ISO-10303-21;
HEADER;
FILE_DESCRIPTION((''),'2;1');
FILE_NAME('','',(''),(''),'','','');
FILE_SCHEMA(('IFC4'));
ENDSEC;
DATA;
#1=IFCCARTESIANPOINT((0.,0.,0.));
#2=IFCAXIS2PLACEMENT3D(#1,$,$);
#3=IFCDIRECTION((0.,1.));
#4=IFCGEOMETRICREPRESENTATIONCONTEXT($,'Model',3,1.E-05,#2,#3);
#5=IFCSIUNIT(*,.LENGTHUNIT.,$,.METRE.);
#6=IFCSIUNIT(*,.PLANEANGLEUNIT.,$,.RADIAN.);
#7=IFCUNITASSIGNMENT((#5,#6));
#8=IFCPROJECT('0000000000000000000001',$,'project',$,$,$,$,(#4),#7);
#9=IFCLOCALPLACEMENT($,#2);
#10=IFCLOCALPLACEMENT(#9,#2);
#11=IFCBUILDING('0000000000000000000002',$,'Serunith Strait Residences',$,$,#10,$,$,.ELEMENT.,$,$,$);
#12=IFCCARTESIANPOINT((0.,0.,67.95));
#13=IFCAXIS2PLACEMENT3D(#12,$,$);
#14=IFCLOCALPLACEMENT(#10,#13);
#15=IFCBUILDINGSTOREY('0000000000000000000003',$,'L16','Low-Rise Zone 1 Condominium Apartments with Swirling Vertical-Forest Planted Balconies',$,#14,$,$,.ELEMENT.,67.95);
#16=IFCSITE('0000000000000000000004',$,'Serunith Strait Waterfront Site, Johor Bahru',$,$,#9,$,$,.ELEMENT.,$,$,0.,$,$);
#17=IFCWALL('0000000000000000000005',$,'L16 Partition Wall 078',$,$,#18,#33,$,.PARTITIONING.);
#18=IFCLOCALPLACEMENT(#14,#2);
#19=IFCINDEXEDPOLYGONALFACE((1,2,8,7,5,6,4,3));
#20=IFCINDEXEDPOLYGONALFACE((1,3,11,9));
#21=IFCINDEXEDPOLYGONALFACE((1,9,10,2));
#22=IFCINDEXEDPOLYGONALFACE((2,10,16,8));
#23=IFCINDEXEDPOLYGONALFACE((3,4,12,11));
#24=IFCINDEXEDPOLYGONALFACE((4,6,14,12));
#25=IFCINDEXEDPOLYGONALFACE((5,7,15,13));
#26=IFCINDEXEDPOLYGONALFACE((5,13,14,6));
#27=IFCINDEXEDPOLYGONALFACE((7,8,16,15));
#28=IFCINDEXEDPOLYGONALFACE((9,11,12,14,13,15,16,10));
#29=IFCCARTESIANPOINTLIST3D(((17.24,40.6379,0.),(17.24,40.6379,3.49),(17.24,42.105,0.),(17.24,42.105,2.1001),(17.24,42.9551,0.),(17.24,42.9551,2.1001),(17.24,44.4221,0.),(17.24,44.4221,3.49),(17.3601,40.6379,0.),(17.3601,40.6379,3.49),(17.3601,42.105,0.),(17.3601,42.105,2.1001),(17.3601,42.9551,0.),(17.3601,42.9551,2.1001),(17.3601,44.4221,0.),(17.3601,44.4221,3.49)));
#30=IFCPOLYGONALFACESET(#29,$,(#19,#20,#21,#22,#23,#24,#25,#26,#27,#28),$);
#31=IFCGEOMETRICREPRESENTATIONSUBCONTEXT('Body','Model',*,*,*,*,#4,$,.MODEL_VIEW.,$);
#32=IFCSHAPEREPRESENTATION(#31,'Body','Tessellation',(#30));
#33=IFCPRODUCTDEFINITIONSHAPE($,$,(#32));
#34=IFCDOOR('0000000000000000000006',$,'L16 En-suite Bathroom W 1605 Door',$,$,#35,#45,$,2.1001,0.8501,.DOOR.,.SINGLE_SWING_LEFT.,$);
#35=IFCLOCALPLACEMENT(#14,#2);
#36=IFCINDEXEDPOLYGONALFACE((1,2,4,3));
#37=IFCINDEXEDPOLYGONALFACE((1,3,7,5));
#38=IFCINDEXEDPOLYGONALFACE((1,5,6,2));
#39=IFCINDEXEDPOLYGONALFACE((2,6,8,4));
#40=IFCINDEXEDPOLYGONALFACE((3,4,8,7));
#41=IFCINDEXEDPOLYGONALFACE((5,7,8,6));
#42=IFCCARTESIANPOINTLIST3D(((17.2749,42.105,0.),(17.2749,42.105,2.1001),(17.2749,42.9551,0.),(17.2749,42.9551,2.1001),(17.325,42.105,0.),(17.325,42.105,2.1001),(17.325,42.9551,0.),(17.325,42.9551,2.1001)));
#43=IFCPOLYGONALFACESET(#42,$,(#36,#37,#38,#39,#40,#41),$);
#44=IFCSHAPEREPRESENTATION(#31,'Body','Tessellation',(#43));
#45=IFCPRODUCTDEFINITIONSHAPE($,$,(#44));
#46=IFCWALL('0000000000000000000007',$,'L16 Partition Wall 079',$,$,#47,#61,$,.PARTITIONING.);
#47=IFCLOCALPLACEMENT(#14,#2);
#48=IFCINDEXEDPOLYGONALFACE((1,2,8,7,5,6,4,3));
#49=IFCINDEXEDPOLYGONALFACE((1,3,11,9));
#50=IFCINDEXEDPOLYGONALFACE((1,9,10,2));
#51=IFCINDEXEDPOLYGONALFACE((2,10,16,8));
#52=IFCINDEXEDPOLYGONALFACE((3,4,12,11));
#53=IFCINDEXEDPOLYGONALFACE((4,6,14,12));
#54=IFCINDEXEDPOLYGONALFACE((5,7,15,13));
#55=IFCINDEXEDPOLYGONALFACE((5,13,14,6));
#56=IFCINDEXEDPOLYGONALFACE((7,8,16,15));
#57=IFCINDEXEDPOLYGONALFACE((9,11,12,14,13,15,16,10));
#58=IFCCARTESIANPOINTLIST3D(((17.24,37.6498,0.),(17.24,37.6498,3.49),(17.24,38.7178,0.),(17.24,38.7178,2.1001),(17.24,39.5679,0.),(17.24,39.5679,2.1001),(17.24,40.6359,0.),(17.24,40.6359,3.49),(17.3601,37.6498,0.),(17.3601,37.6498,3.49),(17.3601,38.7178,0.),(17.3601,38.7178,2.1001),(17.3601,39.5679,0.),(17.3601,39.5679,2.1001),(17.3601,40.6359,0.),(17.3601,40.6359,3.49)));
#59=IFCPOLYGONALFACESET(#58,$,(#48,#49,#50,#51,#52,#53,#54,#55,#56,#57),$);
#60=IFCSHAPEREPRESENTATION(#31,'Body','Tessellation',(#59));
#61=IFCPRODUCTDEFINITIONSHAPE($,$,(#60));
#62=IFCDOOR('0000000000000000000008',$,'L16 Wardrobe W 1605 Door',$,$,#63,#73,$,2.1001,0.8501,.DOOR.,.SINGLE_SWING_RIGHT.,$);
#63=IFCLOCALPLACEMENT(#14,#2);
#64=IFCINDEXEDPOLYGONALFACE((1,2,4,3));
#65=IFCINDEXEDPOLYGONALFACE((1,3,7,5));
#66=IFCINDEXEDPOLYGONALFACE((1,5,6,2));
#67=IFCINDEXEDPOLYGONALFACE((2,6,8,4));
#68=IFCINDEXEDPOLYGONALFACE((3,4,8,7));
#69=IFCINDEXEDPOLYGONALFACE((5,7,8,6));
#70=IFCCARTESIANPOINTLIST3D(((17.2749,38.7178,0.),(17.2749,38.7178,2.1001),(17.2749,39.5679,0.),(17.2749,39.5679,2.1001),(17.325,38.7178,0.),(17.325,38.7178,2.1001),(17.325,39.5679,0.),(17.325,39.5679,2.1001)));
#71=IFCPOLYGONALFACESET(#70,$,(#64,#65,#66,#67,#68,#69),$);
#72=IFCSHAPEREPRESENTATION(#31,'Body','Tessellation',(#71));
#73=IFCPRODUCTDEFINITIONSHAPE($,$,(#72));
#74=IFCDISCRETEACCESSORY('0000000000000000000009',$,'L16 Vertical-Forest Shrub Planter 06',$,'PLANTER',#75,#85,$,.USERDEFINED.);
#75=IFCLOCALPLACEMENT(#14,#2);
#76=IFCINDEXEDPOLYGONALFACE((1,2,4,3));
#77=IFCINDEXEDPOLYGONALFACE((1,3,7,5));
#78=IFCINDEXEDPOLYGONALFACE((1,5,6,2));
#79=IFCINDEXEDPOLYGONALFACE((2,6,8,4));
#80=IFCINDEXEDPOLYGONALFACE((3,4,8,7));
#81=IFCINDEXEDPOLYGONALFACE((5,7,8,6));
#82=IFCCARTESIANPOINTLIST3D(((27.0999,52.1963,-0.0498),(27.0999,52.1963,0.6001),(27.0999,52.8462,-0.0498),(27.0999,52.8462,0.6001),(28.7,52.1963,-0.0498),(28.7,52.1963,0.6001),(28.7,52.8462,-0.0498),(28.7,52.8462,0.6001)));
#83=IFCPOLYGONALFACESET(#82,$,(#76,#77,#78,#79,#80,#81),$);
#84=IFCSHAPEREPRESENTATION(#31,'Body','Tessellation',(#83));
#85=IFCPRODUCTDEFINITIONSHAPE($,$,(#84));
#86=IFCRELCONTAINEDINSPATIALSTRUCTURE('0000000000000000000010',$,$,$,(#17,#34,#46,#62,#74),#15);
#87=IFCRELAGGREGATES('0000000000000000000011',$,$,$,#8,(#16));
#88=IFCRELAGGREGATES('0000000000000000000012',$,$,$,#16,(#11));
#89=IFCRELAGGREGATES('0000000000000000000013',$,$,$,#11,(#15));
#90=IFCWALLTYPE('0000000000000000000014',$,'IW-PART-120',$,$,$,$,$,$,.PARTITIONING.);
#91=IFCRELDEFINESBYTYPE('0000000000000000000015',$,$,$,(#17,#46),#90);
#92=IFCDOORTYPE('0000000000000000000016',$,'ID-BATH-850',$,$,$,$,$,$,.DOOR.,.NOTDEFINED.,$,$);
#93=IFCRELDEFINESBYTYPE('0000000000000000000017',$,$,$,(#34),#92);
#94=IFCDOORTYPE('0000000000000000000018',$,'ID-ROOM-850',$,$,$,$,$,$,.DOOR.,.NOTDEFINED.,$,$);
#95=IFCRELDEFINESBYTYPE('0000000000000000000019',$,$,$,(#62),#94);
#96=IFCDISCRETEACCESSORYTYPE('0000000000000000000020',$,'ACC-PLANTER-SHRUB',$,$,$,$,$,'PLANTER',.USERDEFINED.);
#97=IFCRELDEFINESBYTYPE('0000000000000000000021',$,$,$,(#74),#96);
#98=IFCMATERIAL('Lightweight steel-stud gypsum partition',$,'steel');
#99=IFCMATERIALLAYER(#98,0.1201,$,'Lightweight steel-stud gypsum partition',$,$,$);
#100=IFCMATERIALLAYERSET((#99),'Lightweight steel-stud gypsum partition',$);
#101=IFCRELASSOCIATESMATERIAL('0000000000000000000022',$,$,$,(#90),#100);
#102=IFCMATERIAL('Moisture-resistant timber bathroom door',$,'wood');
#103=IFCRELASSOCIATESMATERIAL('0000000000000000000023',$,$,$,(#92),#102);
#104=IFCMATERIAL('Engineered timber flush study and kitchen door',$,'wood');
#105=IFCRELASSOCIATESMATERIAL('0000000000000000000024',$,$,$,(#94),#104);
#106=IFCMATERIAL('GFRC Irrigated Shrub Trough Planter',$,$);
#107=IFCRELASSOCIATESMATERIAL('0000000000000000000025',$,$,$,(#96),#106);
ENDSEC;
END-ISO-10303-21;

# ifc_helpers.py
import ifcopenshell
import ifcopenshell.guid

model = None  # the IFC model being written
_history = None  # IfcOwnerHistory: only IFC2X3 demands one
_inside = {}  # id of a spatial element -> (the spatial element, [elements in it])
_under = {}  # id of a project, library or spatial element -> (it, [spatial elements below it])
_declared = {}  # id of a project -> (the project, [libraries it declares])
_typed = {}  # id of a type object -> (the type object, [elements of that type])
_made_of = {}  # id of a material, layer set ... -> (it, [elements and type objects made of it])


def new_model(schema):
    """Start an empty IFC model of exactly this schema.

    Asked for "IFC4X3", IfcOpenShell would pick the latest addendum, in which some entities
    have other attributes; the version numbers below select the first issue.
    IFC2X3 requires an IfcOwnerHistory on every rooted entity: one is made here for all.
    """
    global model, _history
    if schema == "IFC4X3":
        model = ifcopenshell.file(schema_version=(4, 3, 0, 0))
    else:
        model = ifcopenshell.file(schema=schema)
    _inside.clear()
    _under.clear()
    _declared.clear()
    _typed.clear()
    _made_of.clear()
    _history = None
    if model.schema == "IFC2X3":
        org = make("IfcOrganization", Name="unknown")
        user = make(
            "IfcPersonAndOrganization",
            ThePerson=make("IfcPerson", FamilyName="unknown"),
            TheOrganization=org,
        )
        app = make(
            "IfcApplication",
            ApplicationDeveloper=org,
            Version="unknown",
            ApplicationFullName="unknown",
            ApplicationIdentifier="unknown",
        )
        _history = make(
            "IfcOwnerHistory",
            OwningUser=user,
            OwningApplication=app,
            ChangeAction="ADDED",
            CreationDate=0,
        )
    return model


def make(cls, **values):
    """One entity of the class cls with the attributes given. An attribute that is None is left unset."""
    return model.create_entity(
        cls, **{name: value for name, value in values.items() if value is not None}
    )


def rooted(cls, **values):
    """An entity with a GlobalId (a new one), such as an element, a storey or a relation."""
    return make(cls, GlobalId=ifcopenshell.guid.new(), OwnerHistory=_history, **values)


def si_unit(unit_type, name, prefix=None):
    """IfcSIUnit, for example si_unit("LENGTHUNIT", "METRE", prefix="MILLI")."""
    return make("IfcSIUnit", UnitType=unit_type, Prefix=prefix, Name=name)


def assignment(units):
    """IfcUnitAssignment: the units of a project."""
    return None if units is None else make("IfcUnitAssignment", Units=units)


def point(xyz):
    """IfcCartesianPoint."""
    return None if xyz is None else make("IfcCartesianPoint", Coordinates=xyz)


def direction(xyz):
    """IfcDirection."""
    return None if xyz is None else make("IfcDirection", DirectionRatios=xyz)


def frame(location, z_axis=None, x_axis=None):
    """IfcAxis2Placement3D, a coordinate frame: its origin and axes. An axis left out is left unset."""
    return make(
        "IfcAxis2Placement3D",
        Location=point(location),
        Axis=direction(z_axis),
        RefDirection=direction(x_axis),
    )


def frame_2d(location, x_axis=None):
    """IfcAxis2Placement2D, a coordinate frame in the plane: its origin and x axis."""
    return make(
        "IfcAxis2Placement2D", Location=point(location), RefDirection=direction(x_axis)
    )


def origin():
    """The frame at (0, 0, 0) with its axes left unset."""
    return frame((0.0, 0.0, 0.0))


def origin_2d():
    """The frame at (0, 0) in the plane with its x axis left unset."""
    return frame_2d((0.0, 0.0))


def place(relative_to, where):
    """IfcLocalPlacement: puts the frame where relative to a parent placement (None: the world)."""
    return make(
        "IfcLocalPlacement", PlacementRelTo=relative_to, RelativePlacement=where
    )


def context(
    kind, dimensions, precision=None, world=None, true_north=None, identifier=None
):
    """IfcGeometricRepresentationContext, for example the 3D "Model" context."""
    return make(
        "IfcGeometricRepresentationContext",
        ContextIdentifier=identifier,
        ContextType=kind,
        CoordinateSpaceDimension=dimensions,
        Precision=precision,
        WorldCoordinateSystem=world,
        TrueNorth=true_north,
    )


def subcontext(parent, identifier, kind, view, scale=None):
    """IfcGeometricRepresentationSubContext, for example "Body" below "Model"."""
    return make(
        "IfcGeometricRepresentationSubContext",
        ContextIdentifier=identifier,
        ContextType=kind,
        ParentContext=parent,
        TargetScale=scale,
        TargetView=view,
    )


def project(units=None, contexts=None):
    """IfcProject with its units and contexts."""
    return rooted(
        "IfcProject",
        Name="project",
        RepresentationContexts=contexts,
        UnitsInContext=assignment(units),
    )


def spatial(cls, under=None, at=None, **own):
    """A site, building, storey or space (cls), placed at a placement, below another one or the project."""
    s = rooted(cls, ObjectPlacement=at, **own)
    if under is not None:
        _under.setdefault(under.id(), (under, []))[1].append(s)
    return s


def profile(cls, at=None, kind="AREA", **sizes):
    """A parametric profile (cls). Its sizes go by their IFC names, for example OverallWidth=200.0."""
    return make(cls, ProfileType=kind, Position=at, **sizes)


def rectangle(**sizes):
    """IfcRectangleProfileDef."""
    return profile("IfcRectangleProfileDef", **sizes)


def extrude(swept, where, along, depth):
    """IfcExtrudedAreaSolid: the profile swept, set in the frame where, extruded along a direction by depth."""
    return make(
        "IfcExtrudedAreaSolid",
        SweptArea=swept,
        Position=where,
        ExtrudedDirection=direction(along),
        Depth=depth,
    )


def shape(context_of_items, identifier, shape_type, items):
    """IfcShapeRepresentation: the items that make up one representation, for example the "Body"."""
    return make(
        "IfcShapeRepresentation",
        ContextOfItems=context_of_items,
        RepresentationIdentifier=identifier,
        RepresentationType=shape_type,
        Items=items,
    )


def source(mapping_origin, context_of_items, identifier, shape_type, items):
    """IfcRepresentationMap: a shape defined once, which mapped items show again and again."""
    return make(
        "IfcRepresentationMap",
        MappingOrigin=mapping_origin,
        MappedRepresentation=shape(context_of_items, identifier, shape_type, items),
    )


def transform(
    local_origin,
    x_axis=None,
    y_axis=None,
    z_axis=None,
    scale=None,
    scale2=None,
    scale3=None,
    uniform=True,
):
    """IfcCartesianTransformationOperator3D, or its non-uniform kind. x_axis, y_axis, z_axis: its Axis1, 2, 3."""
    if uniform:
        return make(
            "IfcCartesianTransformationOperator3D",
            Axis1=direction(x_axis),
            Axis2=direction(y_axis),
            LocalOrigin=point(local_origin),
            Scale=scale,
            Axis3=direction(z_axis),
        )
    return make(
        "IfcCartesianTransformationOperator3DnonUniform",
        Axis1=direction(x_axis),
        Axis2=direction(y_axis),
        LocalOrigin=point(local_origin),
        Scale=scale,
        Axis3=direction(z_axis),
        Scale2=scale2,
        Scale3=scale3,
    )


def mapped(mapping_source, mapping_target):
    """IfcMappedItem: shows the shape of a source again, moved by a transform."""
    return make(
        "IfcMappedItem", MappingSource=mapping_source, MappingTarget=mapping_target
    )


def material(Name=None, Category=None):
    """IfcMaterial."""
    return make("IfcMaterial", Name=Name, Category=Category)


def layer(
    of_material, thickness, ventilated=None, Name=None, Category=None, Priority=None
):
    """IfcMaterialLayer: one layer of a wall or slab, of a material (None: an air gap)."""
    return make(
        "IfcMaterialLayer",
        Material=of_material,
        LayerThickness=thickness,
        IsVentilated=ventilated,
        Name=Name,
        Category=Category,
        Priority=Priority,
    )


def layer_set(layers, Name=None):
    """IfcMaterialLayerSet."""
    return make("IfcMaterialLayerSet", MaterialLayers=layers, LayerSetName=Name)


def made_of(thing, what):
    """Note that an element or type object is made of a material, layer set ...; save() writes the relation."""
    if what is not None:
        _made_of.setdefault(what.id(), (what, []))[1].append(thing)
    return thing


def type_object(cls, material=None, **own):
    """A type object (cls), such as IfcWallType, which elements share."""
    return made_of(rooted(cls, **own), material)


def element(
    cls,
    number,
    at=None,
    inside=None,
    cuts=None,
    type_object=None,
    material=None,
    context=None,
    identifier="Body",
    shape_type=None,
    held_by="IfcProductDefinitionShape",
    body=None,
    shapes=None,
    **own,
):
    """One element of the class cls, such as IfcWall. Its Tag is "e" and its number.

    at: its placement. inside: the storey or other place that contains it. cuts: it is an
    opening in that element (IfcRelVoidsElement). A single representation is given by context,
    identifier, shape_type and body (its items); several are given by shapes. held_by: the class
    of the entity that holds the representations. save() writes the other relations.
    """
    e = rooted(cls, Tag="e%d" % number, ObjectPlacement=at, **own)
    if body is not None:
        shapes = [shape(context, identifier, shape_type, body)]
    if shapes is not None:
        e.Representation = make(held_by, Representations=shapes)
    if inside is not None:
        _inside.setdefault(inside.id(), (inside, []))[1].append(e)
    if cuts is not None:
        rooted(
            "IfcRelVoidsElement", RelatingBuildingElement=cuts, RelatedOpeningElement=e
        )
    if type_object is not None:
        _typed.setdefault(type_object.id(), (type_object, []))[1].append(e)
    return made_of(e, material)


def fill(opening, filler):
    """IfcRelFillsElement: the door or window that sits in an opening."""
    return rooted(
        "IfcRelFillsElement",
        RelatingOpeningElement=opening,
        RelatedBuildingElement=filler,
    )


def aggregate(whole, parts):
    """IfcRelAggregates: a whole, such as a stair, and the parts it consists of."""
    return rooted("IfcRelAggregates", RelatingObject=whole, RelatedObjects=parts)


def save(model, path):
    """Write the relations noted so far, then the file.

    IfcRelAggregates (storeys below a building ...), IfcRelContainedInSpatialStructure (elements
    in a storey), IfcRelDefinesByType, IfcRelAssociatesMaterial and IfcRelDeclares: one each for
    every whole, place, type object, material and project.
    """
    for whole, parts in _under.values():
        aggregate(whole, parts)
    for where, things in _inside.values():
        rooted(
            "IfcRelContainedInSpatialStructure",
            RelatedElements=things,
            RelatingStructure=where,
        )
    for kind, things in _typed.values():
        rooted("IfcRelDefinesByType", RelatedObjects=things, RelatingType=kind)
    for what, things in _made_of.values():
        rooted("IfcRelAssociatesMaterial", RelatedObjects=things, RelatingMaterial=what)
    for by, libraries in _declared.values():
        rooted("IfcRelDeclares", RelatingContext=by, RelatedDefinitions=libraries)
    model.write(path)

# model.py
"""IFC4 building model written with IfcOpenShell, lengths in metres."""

from ifc_helpers import new_model, si_unit, direction, frame, frame_2d, origin, origin_2d, place, context, subcontext, project, spatial, rectangle, extrude, source, transform, mapped, material, layer, layer_set, type_object, element, fill, save


model = new_model("IFC4")

# Units and contexts
model_context = context("Model", 3, precision=1e-05, world=origin(), true_north=direction((0.0, 1.0)))
body_context = subcontext(model_context, "Body", "Model", "MODEL_VIEW")
ifc_project = project(units=[si_unit("LENGTHUNIT", "METRE"), si_unit("PLANEANGLEUNIT", "RADIAN")], contexts=[model_context])

# Site, building, storey
site_placement = place(None, origin())
site = spatial("IfcSite", under=ifc_project, at=site_placement, Name="Serunith Strait Waterfront Site, Johor Bahru", CompositionType="ELEMENT", RefElevation=0.0)
building_placement = place(site_placement, origin())
building = spatial("IfcBuilding", under=site, at=building_placement, Name="Serunith Strait Residences", CompositionType="ELEMENT")
storey_placement = place(building_placement, frame((0.0, 0.0, 67.95)))
storey = spatial("IfcBuildingStorey", under=building, at=storey_placement, Name="L16", Description="Low-Rise Zone 1 Condominium Apartments with Swirling Vertical-Forest Planted Balconies", CompositionType="ELEMENT", Elevation=67.95)

# Shared definitions
ifc_material_1 = material(Name="Lightweight steel-stud gypsum partition", Category="steel")
ifc_layer_1 = layer(ifc_material_1, 0.1201, Name="Lightweight steel-stud gypsum partition")
ifc_layer_set_1 = layer_set([ifc_layer_1], Name="Lightweight steel-stud gypsum partition")
wall_type = type_object("IfcWallType", Name="IW-PART-120", PredefinedType="PARTITIONING", material=ifc_layer_set_1)

# Walls, openings, doors
ifc_material_2 = material(Name="Moisture-resistant timber bathroom door", Category="wood")
door_type_1 = type_object("IfcDoorType", Name="ID-BATH-850", OperationType="NOTDEFINED", PredefinedType="DOOR", material=ifc_material_2)
shared_shape_1 = source(origin(), body_context, "Body", "SweptSolid", [
    extrude(rectangle(XDim=0.8501, YDim=2.1001, at=frame_2d((0.425, 1.05))), frame((0.0, 0.0249, 0.0), z_axis=(0.0, -1.0, 0.0), x_axis=(1.0, 0.0, 0.0)), (0.0, 0.0, 1.0), 0.05),
])
ifc_material_3 = material(Name="Engineered timber flush study and kitchen door", Category="wood")
door_type_2 = type_object("IfcDoorType", Name="ID-ROOM-850", OperationType="NOTDEFINED", PredefinedType="DOOR", material=ifc_material_3)
wall_1_placement = place(storey_placement, frame((17.3, 44.4221, 0.0), z_axis=(0.0, 0.0, 1.0), x_axis=(0.0, -1.0, 0.0)))
wall_1 = element("IfcWall", 1, at=wall_1_placement, inside=storey, type_object=wall_type, Name="L16 Partition Wall 078", PredefinedType="PARTITIONING", context=body_context, shape_type="SweptSolid", body=[
    extrude(rectangle(XDim=3.7842, YDim=0.1201, at=frame_2d((1.8921, 0.0))), origin(), (0.0, 0.0, 1.0), 3.49),
])
opening_1_placement = place(wall_1_placement, frame((1.467, 0.0, 0.0)))
opening_1 = element("IfcOpeningElement", 2, at=opening_1_placement, cuts=wall_1, PredefinedType="OPENING", context=body_context, shape_type="SweptSolid", body=[
    extrude(rectangle(XDim=0.8501, YDim=2.1001, at=frame_2d((0.425, 1.05))), frame((0.0, 0.0701, 0.0), z_axis=(0.0, -1.0, 0.0), x_axis=(1.0, 0.0, 0.0)), (0.0, 0.0, 1.0), 0.1401),
])
door_1_placement = place(opening_1_placement, origin())
door_1 = element("IfcDoor", 3, at=door_1_placement, inside=storey, type_object=door_type_1, Name="L16 En-suite Bathroom W 1605 Door", OperationType="SINGLE_SWING_LEFT", OverallHeight=2.1001, OverallWidth=0.8501, PredefinedType="DOOR", context=body_context, shape_type="MappedRepresentation", body=[
    mapped(shared_shape_1, transform((0.0, 0.0, 0.0), scale=1.0)),
])
fill(opening_1, door_1)
wall_2_placement = place(storey_placement, frame((17.3, 40.636, 0.0), z_axis=(0.0, 0.0, 1.0), x_axis=(0.0, -1.0, 0.0)))
wall_2 = element("IfcWall", 4, at=wall_2_placement, inside=storey, type_object=wall_type, Name="L16 Partition Wall 079", PredefinedType="PARTITIONING", context=body_context, shape_type="SweptSolid", body=[
    extrude(rectangle(XDim=2.9861, YDim=0.1201, at=frame_2d((1.4932, 0.0))), origin(), (0.0, 0.0, 1.0), 3.49),
])
opening_2_placement = place(wall_2_placement, frame((1.0681, 0.0, 0.0)))
opening_2 = element("IfcOpeningElement", 5, at=opening_2_placement, cuts=wall_2, PredefinedType="OPENING", context=body_context, shape_type="SweptSolid", body=[
    extrude(rectangle(XDim=0.8501, YDim=2.1001, at=frame_2d((0.425, 1.05))), frame((0.0, 0.0701, 0.0), z_axis=(0.0, -1.0, 0.0), x_axis=(1.0, 0.0, 0.0)), (0.0, 0.0, 1.0), 0.1401),
])
door_2_placement = place(opening_2_placement, origin())
door_2 = element("IfcDoor", 6, at=door_2_placement, inside=storey, type_object=door_type_2, Name="L16 Wardrobe W 1605 Door", OperationType="SINGLE_SWING_RIGHT", OverallHeight=2.1001, OverallWidth=0.8501, PredefinedType="DOOR", context=body_context, shape_type="MappedRepresentation", body=[
    mapped(shared_shape_1, transform((0.0, 0.0, 0.0), scale=1.0)),
])
fill(opening_2, door_2)

# Discrete accessory
ifc_material_4 = material(Name="GFRC Irrigated Shrub Trough Planter")
discrete_accessory_type = type_object("IfcDiscreteAccessoryType", Name="ACC-PLANTER-SHRUB", ElementType="PLANTER", PredefinedType="USERDEFINED", material=ifc_material_4)
shared_shape_2 = source(origin(), body_context, "Body", "SweptSolid", [
    extrude(rectangle(XDim=1.6001, YDim=0.6499, at=origin_2d()), origin(), (0.0, 0.0, 1.0), 0.6499),
])
discrete_accessory_placement = place(storey_placement, frame((27.8999, 52.5212, -0.0498), z_axis=(0.0, 0.0, 1.0), x_axis=(-1.0, 0.0, 0.0)))
element("IfcDiscreteAccessory", 7, at=discrete_accessory_placement, inside=storey, type_object=discrete_accessory_type, Name="L16 Vertical-Forest Shrub Planter 06", ObjectType="PLANTER", PredefinedType="USERDEFINED", context=body_context, shape_type="MappedRepresentation", body=[
    mapped(shared_shape_2, transform((0.0, 0.0, 0.0), scale=1.0)),
])

save(model, "model.ifc")
